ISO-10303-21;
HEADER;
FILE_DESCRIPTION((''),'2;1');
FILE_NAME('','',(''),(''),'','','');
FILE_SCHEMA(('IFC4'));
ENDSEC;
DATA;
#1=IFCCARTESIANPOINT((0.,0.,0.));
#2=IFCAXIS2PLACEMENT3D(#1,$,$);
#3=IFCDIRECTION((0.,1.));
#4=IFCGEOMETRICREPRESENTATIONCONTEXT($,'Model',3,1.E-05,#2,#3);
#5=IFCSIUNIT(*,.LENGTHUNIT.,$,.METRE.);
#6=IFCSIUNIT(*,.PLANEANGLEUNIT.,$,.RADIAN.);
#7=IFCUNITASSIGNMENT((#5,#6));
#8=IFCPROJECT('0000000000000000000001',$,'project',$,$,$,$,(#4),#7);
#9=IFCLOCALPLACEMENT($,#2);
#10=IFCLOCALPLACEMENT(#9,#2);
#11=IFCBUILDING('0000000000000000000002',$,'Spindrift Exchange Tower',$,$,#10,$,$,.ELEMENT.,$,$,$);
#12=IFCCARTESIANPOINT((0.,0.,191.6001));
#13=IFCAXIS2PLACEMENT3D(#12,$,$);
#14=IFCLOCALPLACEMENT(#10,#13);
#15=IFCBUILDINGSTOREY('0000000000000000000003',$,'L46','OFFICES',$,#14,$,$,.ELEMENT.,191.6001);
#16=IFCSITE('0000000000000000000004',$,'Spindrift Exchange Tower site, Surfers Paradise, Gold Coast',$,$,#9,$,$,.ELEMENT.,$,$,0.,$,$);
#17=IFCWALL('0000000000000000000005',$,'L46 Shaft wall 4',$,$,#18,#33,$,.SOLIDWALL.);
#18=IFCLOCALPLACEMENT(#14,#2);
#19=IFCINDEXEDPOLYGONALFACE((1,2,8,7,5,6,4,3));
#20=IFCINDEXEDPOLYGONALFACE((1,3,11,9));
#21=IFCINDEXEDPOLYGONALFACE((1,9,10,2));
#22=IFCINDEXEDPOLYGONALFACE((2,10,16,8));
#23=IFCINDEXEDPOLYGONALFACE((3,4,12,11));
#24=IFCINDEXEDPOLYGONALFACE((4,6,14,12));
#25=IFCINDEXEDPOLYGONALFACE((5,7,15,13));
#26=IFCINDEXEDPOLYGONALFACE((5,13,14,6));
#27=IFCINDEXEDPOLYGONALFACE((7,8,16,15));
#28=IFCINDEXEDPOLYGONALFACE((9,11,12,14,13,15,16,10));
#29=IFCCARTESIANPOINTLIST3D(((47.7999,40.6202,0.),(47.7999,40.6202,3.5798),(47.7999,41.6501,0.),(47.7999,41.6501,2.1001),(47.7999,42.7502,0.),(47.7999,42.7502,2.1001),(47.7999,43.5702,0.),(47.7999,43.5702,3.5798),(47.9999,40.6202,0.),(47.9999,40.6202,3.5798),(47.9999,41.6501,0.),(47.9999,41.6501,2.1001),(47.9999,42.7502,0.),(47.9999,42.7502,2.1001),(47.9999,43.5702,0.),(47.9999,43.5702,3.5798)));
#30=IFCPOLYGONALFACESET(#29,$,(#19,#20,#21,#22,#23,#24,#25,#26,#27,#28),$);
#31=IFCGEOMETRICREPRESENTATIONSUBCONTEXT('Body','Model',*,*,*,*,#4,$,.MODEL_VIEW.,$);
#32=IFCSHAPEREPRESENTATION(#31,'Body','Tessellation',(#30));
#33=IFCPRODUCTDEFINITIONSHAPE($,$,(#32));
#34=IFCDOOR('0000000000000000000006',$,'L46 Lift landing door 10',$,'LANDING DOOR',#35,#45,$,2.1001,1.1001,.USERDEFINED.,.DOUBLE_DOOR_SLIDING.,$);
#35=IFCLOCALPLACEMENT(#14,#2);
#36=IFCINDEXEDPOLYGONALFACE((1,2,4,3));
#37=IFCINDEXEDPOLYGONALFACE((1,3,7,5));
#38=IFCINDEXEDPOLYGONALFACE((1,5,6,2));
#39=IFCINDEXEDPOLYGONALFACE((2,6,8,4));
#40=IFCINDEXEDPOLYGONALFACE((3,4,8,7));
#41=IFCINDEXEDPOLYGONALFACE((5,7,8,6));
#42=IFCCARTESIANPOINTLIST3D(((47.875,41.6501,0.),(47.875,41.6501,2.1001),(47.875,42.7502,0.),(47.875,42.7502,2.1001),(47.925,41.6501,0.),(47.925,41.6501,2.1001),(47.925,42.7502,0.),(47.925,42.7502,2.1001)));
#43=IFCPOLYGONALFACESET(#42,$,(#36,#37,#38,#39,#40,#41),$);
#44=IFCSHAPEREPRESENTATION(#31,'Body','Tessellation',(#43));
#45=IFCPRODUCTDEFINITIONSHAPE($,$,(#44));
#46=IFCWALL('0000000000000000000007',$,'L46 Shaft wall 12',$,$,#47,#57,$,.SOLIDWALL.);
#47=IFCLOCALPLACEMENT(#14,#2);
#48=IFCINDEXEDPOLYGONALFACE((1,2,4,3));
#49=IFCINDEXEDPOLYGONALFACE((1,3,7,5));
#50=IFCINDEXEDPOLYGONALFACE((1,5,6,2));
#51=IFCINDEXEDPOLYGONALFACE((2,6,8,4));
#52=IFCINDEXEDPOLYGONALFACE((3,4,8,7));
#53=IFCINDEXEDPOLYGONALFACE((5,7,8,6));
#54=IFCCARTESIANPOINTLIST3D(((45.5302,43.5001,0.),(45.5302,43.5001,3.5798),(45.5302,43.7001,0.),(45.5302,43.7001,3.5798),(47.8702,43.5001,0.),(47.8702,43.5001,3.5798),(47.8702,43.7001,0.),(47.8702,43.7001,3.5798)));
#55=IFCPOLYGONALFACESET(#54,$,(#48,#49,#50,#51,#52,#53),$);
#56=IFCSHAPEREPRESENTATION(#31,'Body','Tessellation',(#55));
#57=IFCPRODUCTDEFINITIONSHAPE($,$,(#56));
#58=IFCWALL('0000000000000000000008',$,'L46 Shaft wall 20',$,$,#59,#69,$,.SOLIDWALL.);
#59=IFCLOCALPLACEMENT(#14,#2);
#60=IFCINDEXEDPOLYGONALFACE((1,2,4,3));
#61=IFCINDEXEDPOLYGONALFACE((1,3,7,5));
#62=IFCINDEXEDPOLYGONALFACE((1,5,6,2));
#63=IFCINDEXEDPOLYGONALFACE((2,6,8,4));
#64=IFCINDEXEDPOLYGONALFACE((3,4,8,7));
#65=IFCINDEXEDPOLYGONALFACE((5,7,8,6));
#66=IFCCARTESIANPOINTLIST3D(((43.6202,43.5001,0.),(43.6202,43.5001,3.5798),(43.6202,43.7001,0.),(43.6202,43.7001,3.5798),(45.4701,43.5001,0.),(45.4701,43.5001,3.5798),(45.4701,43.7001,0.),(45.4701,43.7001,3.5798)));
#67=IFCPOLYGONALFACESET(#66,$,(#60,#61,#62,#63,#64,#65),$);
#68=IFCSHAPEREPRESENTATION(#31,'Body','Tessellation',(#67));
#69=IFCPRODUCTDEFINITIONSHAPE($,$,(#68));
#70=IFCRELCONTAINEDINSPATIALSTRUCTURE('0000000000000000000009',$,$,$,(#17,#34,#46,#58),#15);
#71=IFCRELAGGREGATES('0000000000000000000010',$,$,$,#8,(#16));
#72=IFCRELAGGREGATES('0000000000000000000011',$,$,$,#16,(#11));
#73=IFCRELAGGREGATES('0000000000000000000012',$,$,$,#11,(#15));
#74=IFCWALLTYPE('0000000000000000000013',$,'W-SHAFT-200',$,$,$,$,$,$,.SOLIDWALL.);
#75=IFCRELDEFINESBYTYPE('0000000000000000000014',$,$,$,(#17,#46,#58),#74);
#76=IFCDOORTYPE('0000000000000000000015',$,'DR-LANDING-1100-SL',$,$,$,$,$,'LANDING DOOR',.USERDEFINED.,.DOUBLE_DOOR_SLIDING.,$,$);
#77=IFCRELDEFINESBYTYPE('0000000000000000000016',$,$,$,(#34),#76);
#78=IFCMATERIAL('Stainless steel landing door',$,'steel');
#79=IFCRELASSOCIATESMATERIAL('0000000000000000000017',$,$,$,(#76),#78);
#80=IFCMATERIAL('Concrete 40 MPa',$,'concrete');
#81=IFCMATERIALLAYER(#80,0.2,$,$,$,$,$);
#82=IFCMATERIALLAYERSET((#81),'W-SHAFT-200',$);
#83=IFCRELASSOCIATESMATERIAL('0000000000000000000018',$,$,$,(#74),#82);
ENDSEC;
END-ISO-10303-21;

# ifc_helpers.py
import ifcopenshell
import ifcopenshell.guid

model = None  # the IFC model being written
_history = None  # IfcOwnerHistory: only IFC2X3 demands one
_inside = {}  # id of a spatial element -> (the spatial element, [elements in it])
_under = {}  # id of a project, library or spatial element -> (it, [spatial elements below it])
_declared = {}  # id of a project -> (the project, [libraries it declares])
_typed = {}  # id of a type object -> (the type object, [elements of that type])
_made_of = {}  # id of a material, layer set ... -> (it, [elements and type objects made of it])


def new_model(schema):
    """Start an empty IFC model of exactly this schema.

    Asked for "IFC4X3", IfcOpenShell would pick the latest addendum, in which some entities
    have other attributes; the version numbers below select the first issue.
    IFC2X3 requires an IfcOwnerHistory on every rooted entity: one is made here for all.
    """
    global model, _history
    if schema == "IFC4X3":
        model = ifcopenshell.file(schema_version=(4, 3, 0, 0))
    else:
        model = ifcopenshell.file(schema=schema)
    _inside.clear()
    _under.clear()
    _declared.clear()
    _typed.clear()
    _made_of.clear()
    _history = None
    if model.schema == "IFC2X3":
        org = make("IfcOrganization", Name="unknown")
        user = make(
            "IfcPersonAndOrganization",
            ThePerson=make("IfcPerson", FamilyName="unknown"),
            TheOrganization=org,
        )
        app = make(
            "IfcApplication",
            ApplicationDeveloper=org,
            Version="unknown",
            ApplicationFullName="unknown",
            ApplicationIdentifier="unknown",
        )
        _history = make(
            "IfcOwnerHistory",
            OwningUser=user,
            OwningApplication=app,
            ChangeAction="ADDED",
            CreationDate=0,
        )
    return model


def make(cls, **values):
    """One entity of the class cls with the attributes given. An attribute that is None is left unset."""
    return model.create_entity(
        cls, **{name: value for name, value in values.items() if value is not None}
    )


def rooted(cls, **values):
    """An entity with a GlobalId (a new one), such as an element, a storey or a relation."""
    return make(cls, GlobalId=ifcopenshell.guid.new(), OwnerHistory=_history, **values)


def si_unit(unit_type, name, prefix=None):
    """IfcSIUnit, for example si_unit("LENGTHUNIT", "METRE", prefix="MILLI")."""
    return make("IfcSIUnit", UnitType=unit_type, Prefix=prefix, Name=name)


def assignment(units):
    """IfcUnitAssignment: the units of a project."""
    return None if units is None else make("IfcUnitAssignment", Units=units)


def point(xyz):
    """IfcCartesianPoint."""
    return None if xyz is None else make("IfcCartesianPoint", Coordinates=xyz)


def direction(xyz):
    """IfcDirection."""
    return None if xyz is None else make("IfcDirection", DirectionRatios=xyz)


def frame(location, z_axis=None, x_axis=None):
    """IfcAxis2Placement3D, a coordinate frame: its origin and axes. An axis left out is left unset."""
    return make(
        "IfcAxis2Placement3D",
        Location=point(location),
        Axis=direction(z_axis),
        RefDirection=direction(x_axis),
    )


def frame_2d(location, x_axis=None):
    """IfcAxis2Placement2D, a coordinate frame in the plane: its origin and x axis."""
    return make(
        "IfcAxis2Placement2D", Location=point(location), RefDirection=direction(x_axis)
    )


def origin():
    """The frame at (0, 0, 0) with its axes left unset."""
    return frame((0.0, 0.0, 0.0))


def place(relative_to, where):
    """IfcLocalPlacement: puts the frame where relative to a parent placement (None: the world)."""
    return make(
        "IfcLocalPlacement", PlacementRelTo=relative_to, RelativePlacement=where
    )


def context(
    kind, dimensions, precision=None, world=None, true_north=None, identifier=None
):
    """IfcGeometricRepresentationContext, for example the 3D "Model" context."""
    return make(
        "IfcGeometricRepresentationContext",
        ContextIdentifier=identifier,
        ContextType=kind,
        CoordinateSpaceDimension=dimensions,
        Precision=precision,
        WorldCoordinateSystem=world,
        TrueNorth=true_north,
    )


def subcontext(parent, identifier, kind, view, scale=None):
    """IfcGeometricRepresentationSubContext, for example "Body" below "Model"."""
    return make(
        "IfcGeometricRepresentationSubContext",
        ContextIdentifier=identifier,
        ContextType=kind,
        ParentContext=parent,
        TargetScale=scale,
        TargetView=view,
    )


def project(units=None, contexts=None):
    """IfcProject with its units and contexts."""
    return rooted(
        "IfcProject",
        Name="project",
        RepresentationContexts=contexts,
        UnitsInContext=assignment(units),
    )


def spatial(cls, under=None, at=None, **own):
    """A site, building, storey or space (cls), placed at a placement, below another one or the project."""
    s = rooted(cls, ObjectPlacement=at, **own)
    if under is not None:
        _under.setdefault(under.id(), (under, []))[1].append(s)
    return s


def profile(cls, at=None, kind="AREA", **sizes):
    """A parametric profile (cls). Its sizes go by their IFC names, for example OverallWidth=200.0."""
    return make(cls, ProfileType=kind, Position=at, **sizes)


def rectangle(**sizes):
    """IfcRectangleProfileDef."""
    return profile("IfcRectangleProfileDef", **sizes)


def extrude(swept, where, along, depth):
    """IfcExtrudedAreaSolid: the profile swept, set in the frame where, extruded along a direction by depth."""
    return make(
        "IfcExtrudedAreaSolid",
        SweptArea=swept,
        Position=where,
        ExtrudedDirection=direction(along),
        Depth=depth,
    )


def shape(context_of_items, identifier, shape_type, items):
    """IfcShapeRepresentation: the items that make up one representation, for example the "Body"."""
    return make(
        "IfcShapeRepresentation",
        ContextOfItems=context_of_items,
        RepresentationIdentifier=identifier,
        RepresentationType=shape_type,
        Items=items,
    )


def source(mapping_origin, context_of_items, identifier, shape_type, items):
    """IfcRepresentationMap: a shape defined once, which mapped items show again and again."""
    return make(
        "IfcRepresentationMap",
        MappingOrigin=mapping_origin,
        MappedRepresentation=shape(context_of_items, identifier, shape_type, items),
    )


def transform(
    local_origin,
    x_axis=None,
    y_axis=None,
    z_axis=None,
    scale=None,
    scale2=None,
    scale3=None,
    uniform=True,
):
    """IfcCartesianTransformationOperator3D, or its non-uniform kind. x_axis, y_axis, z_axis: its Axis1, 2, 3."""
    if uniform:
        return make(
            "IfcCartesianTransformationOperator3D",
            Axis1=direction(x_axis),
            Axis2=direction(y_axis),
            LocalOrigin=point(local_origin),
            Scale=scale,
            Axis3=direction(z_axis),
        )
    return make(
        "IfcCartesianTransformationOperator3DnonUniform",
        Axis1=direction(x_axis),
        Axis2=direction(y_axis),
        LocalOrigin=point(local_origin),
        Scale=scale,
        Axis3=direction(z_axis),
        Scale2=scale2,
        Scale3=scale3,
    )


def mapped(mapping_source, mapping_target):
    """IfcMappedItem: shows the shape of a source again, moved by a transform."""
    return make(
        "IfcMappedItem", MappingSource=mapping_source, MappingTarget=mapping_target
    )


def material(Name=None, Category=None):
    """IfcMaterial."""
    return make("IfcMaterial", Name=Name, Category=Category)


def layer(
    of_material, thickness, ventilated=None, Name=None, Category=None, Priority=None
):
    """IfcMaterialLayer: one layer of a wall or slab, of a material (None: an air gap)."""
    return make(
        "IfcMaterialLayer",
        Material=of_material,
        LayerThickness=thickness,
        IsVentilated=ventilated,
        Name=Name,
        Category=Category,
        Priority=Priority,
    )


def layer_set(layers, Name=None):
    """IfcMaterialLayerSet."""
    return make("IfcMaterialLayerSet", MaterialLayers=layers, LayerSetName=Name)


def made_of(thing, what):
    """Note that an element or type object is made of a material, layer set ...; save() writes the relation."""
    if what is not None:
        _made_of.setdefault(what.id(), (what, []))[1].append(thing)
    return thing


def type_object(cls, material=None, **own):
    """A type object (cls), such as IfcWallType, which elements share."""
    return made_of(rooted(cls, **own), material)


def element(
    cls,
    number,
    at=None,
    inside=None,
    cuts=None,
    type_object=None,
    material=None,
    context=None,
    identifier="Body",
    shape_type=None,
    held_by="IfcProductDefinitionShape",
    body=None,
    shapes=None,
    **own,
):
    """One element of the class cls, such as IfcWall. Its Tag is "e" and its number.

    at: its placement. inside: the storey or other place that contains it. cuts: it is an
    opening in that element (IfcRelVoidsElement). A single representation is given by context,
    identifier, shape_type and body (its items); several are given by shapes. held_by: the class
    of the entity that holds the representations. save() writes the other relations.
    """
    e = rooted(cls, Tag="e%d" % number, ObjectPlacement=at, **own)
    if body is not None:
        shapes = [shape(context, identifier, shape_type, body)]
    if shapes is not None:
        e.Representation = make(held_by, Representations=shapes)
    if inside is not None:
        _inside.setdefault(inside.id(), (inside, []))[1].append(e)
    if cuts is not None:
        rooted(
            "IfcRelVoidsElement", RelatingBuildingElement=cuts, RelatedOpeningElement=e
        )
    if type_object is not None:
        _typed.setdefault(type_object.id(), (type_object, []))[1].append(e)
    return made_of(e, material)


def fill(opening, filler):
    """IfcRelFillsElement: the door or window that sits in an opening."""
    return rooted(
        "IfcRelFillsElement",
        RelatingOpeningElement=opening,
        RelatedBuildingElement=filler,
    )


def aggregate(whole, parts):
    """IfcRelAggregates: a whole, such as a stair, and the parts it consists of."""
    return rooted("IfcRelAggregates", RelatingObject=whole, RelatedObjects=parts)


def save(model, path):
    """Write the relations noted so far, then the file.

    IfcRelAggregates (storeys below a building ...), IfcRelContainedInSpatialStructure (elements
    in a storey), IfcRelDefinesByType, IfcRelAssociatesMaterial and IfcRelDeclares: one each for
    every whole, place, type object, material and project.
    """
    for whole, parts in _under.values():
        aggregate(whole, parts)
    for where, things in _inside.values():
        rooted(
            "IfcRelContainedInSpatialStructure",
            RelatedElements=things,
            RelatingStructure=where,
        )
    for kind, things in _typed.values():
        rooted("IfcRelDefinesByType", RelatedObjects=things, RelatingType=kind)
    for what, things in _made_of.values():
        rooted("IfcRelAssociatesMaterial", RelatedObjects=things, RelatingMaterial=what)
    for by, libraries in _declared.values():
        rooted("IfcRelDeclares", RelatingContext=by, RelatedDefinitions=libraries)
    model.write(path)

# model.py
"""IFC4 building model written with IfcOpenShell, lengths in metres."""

from ifc_helpers import new_model, si_unit, direction, frame, frame_2d, origin, place, context, subcontext, project, spatial, rectangle, extrude, source, transform, mapped, material, layer, layer_set, type_object, element, fill, save


model = new_model("IFC4")

# Units and contexts
model_context = context("Model", 3, precision=1e-05, world=origin(), true_north=direction((0.0, 1.0)))
body_context = subcontext(model_context, "Body", "Model", "MODEL_VIEW")
ifc_project = project(units=[si_unit("LENGTHUNIT", "METRE"), si_unit("PLANEANGLEUNIT", "RADIAN")], contexts=[model_context])

# Site, building, storey
site_placement = place(None, origin())
site = spatial("IfcSite", under=ifc_project, at=site_placement, Name="Spindrift Exchange Tower site, Surfers Paradise, Gold Coast", CompositionType="ELEMENT", RefElevation=0.0)
building_placement = place(site_placement, origin())
building = spatial("IfcBuilding", under=site, at=building_placement, Name="Spindrift Exchange Tower", CompositionType="ELEMENT")
storey_placement = place(building_placement, frame((0.0, 0.0, 191.6001)))
storey = spatial("IfcBuildingStorey", under=building, at=storey_placement, Name="L46", Description="OFFICES", CompositionType="ELEMENT", Elevation=191.6001)

# Shared definitions
ifc_material_1 = material(Name="Stainless steel landing door", Category="steel")
door_type_1 = type_object("IfcDoorType", Name="DR-LANDING-1100-SL", ElementType="LANDING DOOR", OperationType="DOUBLE_DOOR_SLIDING", PredefinedType="USERDEFINED", material=ifc_material_1)
shared_shape_1 = source(origin(), body_context, "Body", "SweptSolid", [
    extrude(rectangle(XDim=1.1001, YDim=2.1001, at=frame_2d((0.55, 1.05))), frame((0.0, 0.0249, 0.0), z_axis=(0.0, -1.0, 0.0), x_axis=(1.0, 0.0, 0.0)), (0.0, 0.0, 1.0), 0.05),
])

# Shared definitions
ifc_material_2 = material(Name="Concrete 40 MPa", Category="concrete")
ifc_layer_1 = layer(ifc_material_2, 0.2)
ifc_layer_set_1 = layer_set([ifc_layer_1], Name="W-SHAFT-200")
wall_type_1 = type_object("IfcWallType", Name="W-SHAFT-200", PredefinedType="SOLIDWALL", material=ifc_layer_set_1)

# Wall, opening, door
wall_1_placement = place(storey_placement, frame((47.8999, 40.6201, 0.0), z_axis=(0.0, 0.0, 1.0), x_axis=(0.0, 1.0, 0.0)))
wall_1 = element("IfcWall", 1, at=wall_1_placement, inside=storey, type_object=wall_type_1, Name="L46 Shaft wall 4", PredefinedType="SOLIDWALL", context=body_context, shape_type="SweptSolid", body=[
    extrude(rectangle(XDim=2.95, YDim=0.2, at=frame_2d((1.4751, 0.0))), origin(), (0.0, 0.0, 1.0), 3.5798),
])
opening_1_placement = place(wall_1_placement, frame((1.03, 0.0, 0.0)))
opening_1 = element("IfcOpeningElement", 2, at=opening_1_placement, cuts=wall_1, PredefinedType="OPENING", context=body_context, shape_type="SweptSolid", body=[
    extrude(rectangle(XDim=1.1001, YDim=2.1001, at=frame_2d((0.55, 1.05))), frame((0.0, 0.1099, 0.0), z_axis=(0.0, -1.0, 0.0), x_axis=(1.0, 0.0, 0.0)), (0.0, 0.0, 1.0), 0.22),
])
door_1_placement = place(opening_1_placement, origin())
door_1 = element("IfcDoor", 3, at=door_1_placement, inside=storey, type_object=door_type_1, Name="L46 Lift landing door 10", ObjectType="LANDING DOOR", OperationType="DOUBLE_DOOR_SLIDING", OverallHeight=2.1001, OverallWidth=1.1001, PredefinedType="USERDEFINED", context=body_context, shape_type="MappedRepresentation", body=[
    mapped(shared_shape_1, transform((0.0, 0.0, 0.0), scale=1.0)),
])
fill(opening_1, door_1)

# Walls
wall_2_placement = place(storey_placement, frame((47.8701, 43.6001, 0.0), z_axis=(0.0, 0.0, 1.0), x_axis=(-1.0, 0.0, 0.0)))
element("IfcWall", 4, at=wall_2_placement, inside=storey, type_object=wall_type_1, Name="L46 Shaft wall 12", PredefinedType="SOLIDWALL", context=body_context, shape_type="SweptSolid", body=[
    extrude(rectangle(XDim=2.3401, YDim=0.2, at=frame_2d((1.1699, 0.0))), origin(), (0.0, 0.0, 1.0), 3.5798),
])
wall_3_placement = place(storey_placement, frame((45.47, 43.6001, 0.0), z_axis=(0.0, 0.0, 1.0), x_axis=(-1.0, 0.0, 0.0)))
element("IfcWall", 5, at=wall_3_placement, inside=storey, type_object=wall_type_1, Name="L46 Shaft wall 20", PredefinedType="SOLIDWALL", context=body_context, shape_type="SweptSolid", body=[
    extrude(rectangle(XDim=1.8499, YDim=0.2, at=frame_2d((0.9248, 0.0))), origin(), (0.0, 0.0, 1.0), 3.5798),
])

save(model, "model.ifc")
